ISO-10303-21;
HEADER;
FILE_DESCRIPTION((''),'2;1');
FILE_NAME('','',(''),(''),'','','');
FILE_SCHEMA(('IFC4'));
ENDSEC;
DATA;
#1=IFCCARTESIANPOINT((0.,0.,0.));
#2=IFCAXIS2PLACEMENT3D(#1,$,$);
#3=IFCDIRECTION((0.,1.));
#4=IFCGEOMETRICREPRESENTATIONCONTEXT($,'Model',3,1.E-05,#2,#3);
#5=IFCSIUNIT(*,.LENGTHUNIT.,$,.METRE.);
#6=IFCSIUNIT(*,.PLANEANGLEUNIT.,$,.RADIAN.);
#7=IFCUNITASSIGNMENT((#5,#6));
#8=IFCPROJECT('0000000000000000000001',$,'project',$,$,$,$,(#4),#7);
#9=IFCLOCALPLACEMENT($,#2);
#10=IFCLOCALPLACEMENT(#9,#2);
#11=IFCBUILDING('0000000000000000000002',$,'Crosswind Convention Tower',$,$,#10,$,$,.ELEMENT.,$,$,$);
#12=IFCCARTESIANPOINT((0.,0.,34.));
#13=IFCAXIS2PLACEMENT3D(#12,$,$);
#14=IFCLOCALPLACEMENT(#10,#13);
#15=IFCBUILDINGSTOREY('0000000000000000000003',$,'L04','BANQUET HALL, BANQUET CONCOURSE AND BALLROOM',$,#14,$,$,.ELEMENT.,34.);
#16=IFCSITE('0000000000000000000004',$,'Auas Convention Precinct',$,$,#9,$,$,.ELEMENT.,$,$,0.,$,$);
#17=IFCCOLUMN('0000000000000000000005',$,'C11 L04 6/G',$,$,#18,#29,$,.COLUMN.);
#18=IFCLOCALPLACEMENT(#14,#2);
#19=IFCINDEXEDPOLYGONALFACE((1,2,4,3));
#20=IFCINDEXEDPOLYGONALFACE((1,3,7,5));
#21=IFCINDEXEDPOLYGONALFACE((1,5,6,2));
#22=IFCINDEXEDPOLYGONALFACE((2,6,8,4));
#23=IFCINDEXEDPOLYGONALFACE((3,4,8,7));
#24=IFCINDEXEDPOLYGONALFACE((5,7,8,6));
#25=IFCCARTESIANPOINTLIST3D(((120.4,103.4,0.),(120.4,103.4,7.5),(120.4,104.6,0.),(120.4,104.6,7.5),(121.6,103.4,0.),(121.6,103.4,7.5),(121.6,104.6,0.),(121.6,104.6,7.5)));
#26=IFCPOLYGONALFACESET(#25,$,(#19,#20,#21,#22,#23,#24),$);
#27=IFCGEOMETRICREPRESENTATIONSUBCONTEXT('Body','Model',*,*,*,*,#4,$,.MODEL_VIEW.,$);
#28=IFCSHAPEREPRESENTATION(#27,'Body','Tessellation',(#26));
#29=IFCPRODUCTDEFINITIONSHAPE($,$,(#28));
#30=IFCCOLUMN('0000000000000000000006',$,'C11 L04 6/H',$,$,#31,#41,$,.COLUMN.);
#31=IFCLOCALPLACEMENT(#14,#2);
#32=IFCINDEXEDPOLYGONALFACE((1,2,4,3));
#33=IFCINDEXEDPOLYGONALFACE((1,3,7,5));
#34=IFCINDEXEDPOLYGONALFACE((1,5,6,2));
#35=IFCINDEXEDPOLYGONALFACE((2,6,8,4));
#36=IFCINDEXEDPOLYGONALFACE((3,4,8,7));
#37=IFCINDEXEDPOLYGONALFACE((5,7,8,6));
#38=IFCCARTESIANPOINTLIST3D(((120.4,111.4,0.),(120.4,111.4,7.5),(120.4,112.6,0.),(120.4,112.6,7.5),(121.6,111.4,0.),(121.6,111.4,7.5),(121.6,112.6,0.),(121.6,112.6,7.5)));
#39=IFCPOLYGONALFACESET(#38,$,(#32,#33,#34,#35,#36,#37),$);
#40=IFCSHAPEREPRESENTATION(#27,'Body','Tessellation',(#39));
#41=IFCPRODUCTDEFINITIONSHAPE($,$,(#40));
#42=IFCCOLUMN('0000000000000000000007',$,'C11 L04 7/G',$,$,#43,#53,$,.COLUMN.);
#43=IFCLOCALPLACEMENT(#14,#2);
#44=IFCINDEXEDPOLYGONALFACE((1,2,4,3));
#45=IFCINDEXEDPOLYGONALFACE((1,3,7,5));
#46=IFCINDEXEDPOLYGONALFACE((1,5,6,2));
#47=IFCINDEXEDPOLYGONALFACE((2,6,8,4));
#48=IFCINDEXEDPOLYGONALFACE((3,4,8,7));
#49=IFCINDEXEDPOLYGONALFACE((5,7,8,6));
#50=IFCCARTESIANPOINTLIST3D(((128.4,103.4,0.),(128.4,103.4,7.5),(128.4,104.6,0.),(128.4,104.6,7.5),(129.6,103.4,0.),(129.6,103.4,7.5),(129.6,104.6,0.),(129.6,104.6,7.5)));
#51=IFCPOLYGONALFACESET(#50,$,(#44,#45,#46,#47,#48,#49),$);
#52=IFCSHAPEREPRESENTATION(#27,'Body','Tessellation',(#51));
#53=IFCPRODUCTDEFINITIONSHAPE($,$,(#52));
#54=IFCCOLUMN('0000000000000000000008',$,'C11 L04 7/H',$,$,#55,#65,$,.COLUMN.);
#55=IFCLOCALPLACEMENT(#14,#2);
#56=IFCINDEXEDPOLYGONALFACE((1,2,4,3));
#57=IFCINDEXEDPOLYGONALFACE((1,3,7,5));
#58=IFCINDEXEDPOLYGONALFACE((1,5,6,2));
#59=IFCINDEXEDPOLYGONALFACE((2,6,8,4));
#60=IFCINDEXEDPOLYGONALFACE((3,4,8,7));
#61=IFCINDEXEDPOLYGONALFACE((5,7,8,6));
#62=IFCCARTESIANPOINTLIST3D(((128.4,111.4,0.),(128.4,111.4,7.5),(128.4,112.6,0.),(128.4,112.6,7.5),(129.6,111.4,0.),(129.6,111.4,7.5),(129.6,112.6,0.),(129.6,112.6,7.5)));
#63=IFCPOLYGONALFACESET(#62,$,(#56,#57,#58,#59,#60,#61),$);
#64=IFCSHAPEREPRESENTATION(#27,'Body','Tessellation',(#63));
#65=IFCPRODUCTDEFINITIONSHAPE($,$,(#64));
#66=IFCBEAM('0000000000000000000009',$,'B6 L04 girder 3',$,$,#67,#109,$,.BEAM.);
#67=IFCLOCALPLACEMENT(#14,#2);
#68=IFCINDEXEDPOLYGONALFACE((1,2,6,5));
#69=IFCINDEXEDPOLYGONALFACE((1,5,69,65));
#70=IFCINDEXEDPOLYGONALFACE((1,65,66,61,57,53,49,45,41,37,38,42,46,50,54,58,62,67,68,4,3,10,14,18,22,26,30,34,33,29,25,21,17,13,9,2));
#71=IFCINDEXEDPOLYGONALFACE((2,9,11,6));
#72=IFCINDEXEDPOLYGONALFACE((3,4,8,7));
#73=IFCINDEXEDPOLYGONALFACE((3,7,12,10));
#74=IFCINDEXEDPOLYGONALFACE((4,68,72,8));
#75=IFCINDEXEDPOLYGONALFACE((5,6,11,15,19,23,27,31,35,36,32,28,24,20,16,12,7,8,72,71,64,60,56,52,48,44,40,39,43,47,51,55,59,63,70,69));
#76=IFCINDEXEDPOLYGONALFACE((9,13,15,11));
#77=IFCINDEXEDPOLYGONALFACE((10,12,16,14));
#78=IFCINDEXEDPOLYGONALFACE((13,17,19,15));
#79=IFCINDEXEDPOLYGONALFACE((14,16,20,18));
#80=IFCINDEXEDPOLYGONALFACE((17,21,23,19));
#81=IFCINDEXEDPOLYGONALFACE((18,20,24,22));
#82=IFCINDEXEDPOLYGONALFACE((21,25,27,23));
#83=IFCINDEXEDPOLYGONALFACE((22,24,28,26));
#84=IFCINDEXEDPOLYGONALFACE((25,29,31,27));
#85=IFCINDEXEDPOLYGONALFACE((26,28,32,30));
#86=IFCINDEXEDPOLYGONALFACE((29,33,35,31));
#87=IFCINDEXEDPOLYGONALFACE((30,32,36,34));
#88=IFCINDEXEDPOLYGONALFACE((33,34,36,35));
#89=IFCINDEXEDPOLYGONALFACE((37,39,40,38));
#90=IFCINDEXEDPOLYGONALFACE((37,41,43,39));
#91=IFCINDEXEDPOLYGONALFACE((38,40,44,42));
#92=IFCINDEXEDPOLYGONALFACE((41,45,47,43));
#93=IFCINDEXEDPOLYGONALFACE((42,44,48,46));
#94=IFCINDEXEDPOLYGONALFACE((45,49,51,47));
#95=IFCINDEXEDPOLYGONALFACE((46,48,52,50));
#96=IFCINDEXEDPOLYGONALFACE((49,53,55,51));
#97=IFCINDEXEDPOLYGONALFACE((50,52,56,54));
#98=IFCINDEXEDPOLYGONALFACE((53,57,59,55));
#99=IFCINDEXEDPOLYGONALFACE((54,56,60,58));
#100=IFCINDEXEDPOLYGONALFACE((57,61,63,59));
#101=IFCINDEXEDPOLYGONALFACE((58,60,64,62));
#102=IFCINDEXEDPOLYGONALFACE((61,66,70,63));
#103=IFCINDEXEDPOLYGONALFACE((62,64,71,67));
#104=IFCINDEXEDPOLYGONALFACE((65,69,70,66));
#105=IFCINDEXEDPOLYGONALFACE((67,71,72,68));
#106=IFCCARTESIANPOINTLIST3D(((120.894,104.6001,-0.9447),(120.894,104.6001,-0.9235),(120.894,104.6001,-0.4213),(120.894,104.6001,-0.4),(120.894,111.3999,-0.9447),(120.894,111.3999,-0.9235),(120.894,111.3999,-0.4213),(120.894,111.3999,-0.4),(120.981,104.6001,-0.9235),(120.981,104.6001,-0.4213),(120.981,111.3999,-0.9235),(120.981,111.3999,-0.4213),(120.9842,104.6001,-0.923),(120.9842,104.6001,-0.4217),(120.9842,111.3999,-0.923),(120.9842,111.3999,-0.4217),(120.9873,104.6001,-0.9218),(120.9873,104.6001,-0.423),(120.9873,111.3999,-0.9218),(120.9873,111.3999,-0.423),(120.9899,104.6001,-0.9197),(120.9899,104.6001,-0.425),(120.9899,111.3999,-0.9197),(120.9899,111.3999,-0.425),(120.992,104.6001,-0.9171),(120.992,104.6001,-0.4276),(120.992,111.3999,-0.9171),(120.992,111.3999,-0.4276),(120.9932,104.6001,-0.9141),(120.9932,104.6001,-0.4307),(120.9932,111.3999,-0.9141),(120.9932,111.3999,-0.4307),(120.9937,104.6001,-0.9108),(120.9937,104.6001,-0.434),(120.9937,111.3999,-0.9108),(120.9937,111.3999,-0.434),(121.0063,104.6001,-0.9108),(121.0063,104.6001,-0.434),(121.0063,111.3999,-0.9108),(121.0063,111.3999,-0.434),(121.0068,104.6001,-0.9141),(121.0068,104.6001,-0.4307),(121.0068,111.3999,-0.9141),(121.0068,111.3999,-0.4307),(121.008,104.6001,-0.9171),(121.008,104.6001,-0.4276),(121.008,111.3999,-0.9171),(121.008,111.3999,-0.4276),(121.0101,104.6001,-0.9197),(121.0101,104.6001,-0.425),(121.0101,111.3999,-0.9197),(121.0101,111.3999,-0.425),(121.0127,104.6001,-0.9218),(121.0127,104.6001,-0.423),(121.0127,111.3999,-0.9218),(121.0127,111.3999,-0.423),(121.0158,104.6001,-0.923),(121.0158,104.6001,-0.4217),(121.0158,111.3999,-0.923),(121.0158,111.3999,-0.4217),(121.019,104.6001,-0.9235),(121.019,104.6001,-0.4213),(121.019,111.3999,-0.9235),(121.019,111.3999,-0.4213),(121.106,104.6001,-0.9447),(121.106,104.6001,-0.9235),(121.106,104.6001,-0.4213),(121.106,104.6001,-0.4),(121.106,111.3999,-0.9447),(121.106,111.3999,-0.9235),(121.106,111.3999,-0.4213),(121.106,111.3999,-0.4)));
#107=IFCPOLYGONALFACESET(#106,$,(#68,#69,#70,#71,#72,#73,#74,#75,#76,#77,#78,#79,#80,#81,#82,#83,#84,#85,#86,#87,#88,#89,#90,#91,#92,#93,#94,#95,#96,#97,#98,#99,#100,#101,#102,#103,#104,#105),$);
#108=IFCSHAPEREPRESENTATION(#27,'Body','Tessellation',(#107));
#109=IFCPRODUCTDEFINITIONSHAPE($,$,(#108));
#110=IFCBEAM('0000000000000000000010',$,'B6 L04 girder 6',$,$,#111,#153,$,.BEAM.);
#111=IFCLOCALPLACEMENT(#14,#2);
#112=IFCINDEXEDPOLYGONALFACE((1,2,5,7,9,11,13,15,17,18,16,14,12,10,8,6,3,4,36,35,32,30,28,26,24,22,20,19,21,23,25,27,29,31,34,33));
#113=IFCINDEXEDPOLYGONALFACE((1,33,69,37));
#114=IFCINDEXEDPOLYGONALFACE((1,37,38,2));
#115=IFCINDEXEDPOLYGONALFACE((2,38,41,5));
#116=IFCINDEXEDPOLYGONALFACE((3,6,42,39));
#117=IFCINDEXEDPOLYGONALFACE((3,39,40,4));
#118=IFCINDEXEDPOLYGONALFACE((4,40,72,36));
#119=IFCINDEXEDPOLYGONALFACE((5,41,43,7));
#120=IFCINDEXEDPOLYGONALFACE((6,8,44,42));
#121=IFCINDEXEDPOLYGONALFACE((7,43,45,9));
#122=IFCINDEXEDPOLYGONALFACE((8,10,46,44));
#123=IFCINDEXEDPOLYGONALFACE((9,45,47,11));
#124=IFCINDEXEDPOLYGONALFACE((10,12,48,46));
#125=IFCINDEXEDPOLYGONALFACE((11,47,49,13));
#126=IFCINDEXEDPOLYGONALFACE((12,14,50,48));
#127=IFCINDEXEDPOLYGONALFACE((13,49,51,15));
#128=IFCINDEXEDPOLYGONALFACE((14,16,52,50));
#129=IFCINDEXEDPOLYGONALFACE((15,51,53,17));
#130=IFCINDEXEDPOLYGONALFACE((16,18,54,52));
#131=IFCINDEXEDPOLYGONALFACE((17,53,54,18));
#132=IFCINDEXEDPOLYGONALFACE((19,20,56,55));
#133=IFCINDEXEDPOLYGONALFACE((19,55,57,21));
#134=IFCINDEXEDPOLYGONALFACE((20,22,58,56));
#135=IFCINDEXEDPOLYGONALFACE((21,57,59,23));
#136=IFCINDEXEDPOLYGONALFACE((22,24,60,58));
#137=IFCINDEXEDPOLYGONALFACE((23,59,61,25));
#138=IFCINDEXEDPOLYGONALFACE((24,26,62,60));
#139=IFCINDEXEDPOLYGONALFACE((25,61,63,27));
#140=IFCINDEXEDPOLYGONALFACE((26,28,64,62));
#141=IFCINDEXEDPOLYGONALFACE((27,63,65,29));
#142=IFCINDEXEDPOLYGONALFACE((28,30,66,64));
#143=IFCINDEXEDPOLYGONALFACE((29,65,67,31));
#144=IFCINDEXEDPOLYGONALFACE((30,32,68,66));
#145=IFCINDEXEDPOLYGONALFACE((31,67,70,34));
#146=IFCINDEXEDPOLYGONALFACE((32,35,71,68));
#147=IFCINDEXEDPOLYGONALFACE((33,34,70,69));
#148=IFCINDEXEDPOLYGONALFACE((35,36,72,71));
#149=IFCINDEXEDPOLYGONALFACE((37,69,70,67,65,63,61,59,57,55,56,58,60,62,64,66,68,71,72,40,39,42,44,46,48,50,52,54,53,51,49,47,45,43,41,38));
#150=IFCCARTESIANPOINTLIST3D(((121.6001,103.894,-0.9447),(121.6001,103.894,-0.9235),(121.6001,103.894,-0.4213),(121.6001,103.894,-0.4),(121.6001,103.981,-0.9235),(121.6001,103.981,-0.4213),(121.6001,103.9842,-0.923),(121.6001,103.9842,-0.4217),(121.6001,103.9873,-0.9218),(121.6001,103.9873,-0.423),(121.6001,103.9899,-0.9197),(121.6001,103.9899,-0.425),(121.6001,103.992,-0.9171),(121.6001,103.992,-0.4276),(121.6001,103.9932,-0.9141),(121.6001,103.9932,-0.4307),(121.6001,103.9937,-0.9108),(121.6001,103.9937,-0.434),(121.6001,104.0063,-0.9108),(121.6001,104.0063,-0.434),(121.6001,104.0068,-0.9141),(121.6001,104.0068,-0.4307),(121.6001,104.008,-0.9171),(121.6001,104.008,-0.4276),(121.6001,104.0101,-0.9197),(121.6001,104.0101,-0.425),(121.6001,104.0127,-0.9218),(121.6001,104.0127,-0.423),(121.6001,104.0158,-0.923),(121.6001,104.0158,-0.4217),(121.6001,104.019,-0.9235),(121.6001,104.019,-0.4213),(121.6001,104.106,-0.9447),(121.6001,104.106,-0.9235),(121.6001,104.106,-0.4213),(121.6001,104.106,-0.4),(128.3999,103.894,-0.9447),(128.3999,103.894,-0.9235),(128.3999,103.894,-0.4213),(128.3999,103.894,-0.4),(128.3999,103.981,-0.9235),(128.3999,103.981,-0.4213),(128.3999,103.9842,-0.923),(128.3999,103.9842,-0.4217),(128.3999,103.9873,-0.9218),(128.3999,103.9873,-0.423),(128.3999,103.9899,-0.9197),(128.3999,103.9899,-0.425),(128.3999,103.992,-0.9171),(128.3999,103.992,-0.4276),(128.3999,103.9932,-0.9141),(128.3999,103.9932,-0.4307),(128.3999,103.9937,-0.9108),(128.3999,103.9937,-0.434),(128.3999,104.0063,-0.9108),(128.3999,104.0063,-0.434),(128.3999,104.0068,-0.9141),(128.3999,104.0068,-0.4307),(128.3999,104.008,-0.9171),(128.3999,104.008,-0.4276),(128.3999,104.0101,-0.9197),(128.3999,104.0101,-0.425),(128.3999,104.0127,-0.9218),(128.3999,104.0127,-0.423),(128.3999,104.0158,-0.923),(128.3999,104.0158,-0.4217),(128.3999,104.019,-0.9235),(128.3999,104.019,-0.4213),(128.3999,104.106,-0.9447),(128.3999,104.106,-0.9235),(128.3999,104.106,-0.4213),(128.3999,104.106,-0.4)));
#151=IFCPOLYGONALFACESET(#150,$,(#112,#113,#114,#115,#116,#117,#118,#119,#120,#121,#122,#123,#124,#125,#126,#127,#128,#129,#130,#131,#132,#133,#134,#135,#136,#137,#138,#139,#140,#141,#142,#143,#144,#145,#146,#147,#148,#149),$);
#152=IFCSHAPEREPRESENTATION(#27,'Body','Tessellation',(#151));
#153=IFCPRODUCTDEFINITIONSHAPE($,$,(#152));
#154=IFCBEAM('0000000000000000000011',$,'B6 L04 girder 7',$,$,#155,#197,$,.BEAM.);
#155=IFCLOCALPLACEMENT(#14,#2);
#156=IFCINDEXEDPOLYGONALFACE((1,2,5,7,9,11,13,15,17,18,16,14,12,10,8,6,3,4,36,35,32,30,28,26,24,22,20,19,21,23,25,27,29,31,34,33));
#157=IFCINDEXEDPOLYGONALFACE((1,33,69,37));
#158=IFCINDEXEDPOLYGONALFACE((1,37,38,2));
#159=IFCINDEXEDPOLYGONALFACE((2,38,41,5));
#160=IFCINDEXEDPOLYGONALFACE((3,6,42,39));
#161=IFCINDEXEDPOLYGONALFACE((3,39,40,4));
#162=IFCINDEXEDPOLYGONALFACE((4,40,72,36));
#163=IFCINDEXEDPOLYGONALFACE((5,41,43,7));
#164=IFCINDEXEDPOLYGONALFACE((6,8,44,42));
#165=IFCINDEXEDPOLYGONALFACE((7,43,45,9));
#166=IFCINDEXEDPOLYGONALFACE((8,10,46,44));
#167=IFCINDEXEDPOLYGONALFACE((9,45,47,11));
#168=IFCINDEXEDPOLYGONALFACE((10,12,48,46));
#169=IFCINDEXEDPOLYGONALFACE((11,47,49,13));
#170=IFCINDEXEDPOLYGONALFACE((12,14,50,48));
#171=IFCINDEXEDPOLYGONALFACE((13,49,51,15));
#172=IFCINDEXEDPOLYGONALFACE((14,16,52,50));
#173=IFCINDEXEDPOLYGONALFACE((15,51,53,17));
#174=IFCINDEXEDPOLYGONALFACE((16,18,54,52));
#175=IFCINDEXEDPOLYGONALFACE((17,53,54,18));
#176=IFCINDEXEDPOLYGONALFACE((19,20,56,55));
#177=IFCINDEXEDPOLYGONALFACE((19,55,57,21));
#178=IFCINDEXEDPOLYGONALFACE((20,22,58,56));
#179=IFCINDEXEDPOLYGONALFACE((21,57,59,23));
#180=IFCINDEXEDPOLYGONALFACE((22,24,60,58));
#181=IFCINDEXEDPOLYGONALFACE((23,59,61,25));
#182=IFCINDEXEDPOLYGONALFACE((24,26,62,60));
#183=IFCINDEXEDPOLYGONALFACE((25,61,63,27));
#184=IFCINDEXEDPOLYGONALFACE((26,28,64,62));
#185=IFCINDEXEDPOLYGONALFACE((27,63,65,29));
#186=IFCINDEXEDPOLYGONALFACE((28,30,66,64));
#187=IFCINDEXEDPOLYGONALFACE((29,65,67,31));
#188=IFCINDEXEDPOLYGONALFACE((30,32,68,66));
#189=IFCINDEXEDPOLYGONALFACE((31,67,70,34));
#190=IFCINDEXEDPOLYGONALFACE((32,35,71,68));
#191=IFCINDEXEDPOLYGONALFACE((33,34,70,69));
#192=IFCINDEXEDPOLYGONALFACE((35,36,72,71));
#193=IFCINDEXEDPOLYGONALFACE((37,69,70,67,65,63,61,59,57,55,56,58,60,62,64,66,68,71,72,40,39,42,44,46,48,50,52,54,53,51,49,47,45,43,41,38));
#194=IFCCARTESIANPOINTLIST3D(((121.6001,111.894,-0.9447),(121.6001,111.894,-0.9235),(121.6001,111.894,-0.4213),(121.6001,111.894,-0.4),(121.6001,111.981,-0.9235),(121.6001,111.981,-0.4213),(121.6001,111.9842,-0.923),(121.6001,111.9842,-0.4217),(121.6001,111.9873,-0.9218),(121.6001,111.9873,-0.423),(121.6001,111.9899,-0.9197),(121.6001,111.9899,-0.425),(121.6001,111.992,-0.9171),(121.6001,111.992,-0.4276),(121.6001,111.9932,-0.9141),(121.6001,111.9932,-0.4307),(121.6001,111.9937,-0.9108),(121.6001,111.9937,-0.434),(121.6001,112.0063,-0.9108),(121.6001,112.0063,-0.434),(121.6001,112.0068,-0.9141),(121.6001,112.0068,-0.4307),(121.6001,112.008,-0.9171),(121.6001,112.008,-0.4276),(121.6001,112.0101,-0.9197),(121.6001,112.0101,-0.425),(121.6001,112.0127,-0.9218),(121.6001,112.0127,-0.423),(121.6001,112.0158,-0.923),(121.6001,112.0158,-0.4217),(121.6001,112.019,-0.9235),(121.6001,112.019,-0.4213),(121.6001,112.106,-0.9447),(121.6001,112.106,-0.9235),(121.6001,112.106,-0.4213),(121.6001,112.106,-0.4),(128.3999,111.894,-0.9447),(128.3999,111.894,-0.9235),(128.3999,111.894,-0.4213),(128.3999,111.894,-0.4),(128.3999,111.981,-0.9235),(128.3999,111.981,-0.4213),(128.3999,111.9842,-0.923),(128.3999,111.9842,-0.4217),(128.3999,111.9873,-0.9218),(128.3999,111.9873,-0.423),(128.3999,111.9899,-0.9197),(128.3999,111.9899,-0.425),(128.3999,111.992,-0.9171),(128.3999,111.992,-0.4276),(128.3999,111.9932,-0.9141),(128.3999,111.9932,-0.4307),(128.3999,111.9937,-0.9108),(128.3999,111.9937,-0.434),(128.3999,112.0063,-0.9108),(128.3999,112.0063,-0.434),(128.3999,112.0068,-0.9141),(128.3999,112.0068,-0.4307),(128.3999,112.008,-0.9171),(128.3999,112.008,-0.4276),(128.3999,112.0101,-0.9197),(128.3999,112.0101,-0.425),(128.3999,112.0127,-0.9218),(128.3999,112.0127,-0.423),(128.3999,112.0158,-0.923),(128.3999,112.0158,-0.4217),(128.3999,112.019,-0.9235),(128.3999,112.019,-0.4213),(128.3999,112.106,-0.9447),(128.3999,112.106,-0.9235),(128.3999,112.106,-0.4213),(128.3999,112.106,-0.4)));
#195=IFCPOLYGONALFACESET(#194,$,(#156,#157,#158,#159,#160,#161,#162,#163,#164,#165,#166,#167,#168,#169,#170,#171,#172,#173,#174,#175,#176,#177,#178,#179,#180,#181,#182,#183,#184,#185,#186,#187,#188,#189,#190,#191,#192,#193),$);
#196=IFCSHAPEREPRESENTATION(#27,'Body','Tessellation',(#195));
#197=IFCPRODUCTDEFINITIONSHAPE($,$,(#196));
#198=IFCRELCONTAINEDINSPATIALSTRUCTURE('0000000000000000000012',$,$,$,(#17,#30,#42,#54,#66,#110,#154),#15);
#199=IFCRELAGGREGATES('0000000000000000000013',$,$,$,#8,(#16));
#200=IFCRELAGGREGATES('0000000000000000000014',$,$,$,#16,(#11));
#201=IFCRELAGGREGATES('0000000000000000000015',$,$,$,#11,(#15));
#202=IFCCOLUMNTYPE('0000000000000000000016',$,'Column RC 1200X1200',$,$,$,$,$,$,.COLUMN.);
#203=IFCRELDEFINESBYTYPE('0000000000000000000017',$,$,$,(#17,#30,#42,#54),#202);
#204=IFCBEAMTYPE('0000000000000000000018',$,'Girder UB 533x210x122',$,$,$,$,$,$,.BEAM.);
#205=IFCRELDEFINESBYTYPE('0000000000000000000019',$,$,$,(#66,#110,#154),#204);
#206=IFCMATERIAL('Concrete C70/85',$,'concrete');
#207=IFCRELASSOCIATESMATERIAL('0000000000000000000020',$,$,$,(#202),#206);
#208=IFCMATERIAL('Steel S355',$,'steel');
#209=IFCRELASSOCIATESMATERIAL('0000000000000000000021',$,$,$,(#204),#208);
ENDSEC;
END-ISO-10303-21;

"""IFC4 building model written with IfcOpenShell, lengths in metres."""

from ifc_helpers import new_model, si_unit, direction, frame, origin, origin_2d, place, context, subcontext, project, spatial, rectangle, i_section, extrude, material, material_profile, profile_set, type_object, element, save


model = new_model("IFC4")

# Units and contexts
model_context = context("Model", 3, precision=1e-05, world=origin(), true_north=direction((0.0, 1.0)))
body_context = subcontext(model_context, "Body", "Model", "MODEL_VIEW")
ifc_project = project(units=[si_unit("LENGTHUNIT", "METRE"), si_unit("PLANEANGLEUNIT", "RADIAN")], contexts=[model_context])

# Site, building, storey
site_placement = place(None, origin())
site = spatial("IfcSite", under=ifc_project, at=site_placement, Name="Auas Convention Precinct", CompositionType="ELEMENT", RefElevation=0.0)
building_placement = place(site_placement, origin())
building = spatial("IfcBuilding", under=site, at=building_placement, Name="Crosswind Convention Tower", CompositionType="ELEMENT")
storey_placement = place(building_placement, frame((0.0, 0.0, 34.0)))
storey = spatial("IfcBuildingStorey", under=building, at=storey_placement, Name="L04", Description="BANQUET HALL, BANQUET CONCOURSE AND BALLROOM", CompositionType="ELEMENT", Elevation=34.0)

# Columns
ifc_material_1 = material(Name="Concrete C70/85", Category="concrete")
ifc_material_profile_1 = material_profile(ifc_material_1, rectangle(XDim=1.2, YDim=1.2, at=origin_2d()), Name="RC 1200X1200")
ifc_profile_set_1 = profile_set([ifc_material_profile_1], Name="Concrete C70/85")
column_type = type_object("IfcColumnType", Name="Column RC 1200X1200", PredefinedType="COLUMN", material=ifc_profile_set_1)
for number, where, z_axis, x_axis, name in (
    (1, (121.0, 104.0, 0.0), (0.0, 0.0, 1.0), (1.0, 0.0, 0.0), "C11 L04 6/G"),
    (2, (121.0, 112.0, 0.0), (0.0, 0.0, 1.0), (1.0, 0.0, 0.0), "C11 L04 6/H"),
    (3, (129.0, 104.0, 0.0), (0.0, 0.0, 1.0), (1.0, 0.0, 0.0), "C11 L04 7/G"),
    (4, (129.0, 112.0, 0.0), (0.0, 0.0, 1.0), (1.0, 0.0, 0.0), "C11 L04 7/H"),
):
    element("IfcColumn", number, at=place(storey_placement, frame(where, z_axis=z_axis, x_axis=x_axis)), inside=storey, type_object=column_type, Name=name, PredefinedType="COLUMN", context=body_context, shape_type="SweptSolid", body=[
        extrude(rectangle(XDim=1.2, YDim=1.2, at=origin_2d()), origin(), (0.0, 0.0, 1.0), 7.5),
    ])

# Beams
ifc_material_2 = material(Name="Steel S355", Category="steel")
ifc_material_profile_2 = material_profile(ifc_material_2, i_section(OverallWidth=0.2119, OverallDepth=0.5447, WebThickness=0.0127, FlangeThickness=0.0212, FilletRadius=0.0127, at=origin_2d()), Name="UB 533x210x122")
ifc_profile_set_2 = profile_set([ifc_material_profile_2], Name="Steel S355")
beam_type_1 = type_object("IfcBeamType", Name="Girder UB 533x210x122", PredefinedType="BEAM", material=ifc_profile_set_2)
for number, where, z_axis, x_axis, name in (
    (5, (121.0, 104.6001, -0.6724), (0.0, 1.0, 0.0), (-1.0, 0.0, 0.0), "B6 L04 girder 3"),
    (6, (121.6001, 104.0, -0.6724), (1.0, 0.0, 0.0), (0.0, 1.0, 0.0), "B6 L04 girder 6"),
    (7, (121.6001, 112.0, -0.6724), (1.0, 0.0, 0.0), (0.0, 1.0, 0.0), "B6 L04 girder 7"),
):
    element("IfcBeam", number, at=place(storey_placement, frame(where, z_axis=z_axis, x_axis=x_axis)), inside=storey, type_object=beam_type_1, Name=name, PredefinedType="BEAM", context=body_context, shape_type="SweptSolid", body=[
        extrude(i_section(OverallWidth=0.2119, OverallDepth=0.5447, WebThickness=0.0127, FlangeThickness=0.0212, FilletRadius=0.0127, at=origin_2d()), origin(), (0.0, 0.0, 1.0), 6.7998),
    ])

save(model, "model.ifc")
